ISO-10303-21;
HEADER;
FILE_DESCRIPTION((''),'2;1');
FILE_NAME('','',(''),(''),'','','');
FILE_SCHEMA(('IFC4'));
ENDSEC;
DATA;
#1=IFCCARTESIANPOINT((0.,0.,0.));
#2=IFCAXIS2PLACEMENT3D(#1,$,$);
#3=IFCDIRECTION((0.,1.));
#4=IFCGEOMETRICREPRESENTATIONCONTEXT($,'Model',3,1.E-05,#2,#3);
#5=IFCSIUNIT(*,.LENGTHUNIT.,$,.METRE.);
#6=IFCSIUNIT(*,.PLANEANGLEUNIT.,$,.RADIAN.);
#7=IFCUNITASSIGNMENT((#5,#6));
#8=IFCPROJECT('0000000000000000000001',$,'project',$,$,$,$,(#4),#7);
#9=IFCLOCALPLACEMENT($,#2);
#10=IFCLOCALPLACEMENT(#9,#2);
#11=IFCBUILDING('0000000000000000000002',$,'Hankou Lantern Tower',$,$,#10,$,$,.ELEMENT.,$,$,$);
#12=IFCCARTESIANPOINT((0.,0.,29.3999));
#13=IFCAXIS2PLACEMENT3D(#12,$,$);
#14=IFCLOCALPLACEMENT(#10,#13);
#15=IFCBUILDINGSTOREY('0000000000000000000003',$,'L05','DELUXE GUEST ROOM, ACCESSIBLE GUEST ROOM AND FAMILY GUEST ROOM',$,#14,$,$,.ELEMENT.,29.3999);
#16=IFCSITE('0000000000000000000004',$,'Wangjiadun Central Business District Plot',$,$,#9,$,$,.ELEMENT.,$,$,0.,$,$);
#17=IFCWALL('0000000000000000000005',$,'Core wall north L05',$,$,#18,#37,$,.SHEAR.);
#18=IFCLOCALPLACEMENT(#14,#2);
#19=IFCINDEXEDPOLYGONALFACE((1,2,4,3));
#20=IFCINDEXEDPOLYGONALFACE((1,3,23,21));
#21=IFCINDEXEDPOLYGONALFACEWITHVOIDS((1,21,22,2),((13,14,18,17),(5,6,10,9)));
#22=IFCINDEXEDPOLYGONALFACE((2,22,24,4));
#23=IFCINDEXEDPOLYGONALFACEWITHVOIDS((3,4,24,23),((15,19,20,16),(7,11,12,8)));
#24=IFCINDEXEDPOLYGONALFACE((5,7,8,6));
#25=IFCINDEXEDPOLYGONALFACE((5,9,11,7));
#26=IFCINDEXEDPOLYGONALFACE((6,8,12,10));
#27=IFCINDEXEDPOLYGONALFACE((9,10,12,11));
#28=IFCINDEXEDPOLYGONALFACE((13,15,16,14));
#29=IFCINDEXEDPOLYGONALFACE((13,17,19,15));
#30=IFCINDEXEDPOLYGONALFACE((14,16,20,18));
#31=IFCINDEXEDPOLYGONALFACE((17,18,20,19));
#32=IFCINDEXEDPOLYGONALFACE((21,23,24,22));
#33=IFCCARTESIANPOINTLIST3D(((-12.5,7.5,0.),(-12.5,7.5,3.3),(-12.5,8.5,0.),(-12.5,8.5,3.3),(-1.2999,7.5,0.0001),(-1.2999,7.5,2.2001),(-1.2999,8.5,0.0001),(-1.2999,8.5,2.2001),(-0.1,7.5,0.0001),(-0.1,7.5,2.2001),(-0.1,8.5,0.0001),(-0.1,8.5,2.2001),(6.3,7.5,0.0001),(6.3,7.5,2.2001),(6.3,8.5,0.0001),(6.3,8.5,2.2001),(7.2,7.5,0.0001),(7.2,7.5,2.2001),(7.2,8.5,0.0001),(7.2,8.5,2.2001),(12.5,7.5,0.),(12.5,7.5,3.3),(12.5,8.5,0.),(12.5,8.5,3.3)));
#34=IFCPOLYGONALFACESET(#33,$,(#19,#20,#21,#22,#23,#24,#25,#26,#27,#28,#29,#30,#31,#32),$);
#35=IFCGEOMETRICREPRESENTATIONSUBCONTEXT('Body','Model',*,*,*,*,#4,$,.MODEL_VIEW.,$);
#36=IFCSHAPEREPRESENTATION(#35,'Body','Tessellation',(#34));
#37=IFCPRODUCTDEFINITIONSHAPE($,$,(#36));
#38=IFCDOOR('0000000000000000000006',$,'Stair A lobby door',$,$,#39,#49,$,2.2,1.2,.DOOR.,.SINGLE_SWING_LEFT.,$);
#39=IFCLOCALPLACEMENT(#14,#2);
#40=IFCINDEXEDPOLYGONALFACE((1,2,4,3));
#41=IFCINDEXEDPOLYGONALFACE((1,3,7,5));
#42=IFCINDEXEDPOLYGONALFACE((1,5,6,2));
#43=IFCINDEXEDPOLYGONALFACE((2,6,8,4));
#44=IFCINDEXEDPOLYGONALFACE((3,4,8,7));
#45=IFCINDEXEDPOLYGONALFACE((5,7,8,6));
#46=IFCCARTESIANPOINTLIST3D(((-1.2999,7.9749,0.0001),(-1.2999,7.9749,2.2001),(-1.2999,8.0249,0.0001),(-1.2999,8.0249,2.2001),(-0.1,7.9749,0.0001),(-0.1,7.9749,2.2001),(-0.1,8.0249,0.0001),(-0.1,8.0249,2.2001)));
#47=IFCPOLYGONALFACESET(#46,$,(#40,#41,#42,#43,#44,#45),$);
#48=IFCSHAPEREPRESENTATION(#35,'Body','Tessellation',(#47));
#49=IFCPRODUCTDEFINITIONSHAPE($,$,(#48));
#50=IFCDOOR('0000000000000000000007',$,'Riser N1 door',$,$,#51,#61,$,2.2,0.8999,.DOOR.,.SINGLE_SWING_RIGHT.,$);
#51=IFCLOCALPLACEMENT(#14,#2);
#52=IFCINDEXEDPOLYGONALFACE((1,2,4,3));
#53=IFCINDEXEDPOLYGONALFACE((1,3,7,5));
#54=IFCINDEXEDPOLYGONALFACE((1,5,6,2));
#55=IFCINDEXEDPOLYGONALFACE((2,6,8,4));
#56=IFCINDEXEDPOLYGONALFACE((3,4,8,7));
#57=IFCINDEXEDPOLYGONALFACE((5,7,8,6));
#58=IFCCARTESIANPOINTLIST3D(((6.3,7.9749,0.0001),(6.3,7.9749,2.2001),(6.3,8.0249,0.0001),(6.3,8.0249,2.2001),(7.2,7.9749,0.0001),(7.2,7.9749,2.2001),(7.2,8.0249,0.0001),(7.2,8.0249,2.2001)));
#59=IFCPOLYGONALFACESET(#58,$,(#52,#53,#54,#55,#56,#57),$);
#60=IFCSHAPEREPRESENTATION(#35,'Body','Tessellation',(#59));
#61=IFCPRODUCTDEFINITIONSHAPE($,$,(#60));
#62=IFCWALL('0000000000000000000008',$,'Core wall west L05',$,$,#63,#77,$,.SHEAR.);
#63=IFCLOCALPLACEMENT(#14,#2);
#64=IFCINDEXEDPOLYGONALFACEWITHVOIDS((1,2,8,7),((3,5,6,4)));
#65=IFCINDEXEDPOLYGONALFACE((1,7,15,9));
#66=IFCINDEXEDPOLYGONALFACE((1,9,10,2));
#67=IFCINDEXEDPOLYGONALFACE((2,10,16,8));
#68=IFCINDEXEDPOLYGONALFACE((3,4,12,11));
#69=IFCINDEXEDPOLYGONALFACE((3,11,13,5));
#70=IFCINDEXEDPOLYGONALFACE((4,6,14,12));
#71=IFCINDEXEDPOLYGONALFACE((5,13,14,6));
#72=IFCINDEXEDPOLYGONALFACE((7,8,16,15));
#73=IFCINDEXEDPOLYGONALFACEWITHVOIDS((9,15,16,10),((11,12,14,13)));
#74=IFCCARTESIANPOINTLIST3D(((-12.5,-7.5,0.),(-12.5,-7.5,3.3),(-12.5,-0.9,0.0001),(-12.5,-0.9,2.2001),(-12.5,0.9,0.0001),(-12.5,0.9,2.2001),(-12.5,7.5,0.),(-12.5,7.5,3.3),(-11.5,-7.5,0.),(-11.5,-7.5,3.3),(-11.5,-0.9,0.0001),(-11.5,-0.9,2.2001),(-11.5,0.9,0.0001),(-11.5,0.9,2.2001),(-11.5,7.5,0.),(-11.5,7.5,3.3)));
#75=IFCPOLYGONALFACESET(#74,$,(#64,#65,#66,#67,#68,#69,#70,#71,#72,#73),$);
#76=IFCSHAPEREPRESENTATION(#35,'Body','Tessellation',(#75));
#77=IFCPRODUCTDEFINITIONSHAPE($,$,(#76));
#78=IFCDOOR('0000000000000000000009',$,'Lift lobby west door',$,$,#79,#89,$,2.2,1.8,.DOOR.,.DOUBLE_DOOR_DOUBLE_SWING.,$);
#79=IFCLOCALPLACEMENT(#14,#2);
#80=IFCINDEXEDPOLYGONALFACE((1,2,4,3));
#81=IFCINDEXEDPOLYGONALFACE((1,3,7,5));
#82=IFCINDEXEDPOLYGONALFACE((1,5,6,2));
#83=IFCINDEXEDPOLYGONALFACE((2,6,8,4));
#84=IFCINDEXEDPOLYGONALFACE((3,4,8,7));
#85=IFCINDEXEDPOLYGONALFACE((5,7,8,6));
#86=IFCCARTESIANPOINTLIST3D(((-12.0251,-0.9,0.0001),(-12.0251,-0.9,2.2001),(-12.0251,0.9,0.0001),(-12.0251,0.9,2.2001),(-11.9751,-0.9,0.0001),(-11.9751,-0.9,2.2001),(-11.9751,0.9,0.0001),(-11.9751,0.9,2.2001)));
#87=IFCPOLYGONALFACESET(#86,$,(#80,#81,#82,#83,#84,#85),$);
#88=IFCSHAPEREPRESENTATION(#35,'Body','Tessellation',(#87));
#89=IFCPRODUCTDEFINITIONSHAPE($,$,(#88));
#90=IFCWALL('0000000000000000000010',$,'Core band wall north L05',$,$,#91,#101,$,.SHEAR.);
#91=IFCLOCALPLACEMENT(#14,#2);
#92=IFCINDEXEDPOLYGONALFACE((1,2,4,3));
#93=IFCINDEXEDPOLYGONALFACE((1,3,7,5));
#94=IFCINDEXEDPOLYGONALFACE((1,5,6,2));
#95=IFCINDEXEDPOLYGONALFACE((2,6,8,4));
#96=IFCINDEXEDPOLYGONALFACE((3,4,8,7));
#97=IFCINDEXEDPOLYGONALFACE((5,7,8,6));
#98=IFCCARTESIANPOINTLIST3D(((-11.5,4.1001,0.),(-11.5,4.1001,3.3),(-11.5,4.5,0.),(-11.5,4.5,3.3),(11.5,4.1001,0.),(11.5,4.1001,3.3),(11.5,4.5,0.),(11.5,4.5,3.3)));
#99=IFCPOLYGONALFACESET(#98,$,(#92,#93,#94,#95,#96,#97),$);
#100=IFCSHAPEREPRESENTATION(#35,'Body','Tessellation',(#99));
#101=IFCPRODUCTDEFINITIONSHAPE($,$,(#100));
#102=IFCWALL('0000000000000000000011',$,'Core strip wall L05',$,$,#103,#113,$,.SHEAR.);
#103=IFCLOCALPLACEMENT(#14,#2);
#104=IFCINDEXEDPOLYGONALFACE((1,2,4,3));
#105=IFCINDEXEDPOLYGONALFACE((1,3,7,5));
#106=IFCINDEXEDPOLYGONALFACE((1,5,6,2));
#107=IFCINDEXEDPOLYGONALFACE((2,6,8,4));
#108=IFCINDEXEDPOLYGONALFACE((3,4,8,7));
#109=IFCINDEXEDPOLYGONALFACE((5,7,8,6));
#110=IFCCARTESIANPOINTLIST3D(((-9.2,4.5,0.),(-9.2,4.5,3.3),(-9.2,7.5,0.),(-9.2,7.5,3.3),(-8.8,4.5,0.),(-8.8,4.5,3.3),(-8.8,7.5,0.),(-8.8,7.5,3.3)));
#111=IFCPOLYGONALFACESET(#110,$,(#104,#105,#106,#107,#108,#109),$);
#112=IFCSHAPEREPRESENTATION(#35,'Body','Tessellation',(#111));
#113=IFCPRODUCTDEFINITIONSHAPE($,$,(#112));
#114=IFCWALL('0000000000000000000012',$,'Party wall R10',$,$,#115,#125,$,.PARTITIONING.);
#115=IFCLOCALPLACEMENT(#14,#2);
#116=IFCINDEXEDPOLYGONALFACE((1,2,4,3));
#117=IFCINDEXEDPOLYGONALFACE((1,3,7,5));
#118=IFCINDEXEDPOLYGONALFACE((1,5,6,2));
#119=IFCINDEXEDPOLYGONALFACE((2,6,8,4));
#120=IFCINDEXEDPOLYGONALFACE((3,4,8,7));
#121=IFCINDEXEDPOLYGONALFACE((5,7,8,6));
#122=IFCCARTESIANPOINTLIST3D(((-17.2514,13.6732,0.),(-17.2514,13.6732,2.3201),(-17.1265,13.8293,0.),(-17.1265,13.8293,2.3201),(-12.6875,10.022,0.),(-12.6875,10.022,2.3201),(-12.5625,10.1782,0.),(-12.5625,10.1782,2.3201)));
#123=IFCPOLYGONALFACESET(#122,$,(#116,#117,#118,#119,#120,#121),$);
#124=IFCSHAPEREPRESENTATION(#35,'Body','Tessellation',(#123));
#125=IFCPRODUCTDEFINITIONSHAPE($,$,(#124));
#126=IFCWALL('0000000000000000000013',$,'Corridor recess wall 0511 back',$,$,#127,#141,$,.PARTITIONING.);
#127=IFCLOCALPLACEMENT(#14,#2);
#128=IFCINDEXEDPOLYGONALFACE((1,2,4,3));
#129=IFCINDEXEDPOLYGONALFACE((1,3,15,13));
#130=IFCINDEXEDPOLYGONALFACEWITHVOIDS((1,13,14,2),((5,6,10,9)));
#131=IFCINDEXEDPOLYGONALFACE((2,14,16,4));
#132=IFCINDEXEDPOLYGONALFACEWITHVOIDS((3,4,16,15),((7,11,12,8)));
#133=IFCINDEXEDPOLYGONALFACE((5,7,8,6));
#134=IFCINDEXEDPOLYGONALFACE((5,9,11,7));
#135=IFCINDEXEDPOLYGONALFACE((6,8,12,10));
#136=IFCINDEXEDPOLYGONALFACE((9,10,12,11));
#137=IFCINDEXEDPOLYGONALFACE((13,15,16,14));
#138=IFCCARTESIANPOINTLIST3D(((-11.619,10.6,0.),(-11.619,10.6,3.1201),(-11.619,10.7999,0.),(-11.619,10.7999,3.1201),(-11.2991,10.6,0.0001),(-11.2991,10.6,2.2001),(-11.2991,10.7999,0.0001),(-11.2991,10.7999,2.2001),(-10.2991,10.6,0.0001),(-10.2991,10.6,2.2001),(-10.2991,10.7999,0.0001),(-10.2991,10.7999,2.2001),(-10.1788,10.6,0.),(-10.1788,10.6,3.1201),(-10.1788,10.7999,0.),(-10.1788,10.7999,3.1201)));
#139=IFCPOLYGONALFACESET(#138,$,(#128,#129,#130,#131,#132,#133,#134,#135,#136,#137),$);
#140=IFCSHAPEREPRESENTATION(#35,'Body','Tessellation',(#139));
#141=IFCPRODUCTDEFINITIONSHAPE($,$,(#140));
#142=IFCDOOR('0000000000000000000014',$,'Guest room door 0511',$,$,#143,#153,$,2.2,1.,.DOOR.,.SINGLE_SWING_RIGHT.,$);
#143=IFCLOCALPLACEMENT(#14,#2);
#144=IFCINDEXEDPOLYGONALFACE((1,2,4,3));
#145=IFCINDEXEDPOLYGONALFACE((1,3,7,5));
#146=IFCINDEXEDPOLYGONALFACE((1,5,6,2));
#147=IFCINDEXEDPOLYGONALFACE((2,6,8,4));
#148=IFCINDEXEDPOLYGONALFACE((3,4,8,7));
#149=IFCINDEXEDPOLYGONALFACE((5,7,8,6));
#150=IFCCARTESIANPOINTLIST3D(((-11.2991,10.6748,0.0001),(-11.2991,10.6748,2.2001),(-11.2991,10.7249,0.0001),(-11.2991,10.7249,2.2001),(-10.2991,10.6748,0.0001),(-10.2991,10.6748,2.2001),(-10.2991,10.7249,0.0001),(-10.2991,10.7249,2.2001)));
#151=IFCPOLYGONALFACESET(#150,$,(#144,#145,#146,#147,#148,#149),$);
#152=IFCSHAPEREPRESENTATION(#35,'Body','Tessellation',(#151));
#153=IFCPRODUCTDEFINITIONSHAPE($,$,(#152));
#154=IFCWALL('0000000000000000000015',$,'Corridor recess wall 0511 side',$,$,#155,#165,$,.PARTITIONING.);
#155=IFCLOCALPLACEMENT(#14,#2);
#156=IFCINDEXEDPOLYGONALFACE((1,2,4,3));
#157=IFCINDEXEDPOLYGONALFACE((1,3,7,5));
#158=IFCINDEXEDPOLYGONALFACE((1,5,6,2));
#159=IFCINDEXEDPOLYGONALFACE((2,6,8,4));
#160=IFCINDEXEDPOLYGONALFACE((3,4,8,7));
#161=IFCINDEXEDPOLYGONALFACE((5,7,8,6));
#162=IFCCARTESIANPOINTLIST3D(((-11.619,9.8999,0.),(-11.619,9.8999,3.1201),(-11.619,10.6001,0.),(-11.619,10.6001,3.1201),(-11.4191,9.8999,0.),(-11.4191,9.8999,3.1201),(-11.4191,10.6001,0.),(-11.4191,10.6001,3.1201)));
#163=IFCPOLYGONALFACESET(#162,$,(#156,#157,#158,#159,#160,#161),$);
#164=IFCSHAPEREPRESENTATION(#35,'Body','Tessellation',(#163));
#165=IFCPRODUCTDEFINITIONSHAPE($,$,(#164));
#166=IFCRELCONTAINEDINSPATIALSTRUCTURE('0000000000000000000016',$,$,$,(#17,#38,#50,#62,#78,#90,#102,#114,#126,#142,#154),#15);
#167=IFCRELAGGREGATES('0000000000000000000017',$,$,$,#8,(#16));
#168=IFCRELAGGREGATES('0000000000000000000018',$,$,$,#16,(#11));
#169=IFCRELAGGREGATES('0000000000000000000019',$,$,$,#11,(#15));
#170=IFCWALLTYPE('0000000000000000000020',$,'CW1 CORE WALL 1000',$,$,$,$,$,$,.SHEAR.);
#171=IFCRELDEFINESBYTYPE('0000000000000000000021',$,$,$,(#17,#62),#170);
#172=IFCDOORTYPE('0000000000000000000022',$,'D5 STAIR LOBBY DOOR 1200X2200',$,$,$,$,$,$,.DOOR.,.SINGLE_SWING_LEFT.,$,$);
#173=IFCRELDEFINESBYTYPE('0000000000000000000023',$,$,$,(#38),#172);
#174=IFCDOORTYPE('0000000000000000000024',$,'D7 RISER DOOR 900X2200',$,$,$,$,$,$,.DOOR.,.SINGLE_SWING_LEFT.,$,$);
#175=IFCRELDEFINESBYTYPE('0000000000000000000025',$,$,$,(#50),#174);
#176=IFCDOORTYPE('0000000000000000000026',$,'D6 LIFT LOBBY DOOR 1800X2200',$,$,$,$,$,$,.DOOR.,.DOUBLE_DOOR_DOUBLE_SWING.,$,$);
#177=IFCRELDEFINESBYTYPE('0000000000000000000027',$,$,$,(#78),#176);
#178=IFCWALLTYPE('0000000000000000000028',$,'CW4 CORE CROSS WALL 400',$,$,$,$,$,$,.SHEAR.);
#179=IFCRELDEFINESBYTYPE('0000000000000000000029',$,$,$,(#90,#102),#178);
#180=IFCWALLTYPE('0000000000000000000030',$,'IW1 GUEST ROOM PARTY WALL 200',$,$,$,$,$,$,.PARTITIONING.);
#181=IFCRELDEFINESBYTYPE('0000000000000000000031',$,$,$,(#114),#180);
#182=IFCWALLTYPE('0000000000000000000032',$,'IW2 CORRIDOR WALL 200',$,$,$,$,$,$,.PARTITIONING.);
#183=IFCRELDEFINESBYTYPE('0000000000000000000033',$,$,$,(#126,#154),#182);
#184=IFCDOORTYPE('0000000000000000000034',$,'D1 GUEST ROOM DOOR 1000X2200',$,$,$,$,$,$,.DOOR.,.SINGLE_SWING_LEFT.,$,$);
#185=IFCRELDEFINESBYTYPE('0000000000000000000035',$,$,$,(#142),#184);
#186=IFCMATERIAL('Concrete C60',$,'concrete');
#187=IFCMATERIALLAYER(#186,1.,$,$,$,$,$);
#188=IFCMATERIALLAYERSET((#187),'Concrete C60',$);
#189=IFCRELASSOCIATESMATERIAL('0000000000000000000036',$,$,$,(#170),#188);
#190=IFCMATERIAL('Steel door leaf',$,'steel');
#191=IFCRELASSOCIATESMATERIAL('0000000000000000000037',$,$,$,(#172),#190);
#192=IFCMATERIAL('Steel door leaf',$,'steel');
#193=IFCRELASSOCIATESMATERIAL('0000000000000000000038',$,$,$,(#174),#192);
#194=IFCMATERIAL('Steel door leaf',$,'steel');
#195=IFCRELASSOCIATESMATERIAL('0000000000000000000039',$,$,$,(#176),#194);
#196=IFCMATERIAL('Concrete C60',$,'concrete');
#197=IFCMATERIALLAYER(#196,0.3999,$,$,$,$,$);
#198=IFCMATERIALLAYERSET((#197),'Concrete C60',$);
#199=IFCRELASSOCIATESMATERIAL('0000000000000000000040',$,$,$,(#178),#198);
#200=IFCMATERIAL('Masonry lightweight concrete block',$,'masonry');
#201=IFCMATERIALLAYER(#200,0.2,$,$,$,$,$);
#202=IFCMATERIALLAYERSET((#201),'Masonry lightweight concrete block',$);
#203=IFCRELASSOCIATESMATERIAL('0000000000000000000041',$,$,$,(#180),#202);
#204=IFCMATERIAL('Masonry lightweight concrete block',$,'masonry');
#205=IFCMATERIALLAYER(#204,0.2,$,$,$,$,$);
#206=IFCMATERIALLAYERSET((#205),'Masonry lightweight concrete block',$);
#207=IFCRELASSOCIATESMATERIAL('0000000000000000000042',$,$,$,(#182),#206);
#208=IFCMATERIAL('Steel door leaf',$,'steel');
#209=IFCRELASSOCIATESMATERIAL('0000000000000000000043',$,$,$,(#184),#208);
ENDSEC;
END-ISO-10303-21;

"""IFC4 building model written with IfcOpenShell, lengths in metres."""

from ifc_helpers import new_model, si_unit, direction, frame, frame_2d, origin, place, context, subcontext, project, spatial, rectangle, extrude, material, layer, layer_set, type_object, element, fill, save


model = new_model("IFC4")

# Units and contexts
model_context = context("Model", 3, precision=1e-05, world=origin(), true_north=direction((0.0, 1.0)))
body_context = subcontext(model_context, "Body", "Model", "MODEL_VIEW")
ifc_project = project(units=[si_unit("LENGTHUNIT", "METRE"), si_unit("PLANEANGLEUNIT", "RADIAN")], contexts=[model_context])

# Site, building, storey
site_placement = place(None, origin())
site = spatial("IfcSite", under=ifc_project, at=site_placement, Name="Wangjiadun Central Business District Plot", CompositionType="ELEMENT", RefElevation=0.0)
building_placement = place(site_placement, origin())
building = spatial("IfcBuilding", under=site, at=building_placement, Name="Hankou Lantern Tower", CompositionType="ELEMENT")
storey_placement = place(building_placement, frame((0.0, 0.0, 29.3999)))
storey = spatial("IfcBuildingStorey", under=building, at=storey_placement, Name="L05", Description="DELUXE GUEST ROOM, ACCESSIBLE GUEST ROOM AND FAMILY GUEST ROOM", CompositionType="ELEMENT", Elevation=29.3999)

# Wall, openings, doors
ifc_material_1 = material(Name="Concrete C60", Category="concrete")
ifc_layer_1 = layer(ifc_material_1, 1.0)
ifc_layer_set_1 = layer_set([ifc_layer_1], Name="Concrete C60")
wall_type_1 = type_object("IfcWallType", Name="CW1 CORE WALL 1000", PredefinedType="SHEAR", material=ifc_layer_set_1)
wall_1_placement = place(storey_placement, frame((-12.5, 8.0, 0.0), z_axis=(0.0, 0.0, 1.0), x_axis=(1.0, 0.0, 0.0)))
wall_1 = element("IfcWall", 1, at=wall_1_placement, inside=storey, type_object=wall_type_1, Name="Core wall north L05", PredefinedType="SHEAR", context=body_context, shape_type="SweptSolid", body=[
    extrude(rectangle(XDim=25.0, YDim=1.0, at=frame_2d((12.5, 0.0))), origin(), (0.0, 0.0, 1.0), 3.3),
])
opening_1_placement = place(wall_1_placement, frame((11.2, 0.0, 0.0)))
opening_1 = element("IfcOpeningElement", 2, at=opening_1_placement, cuts=wall_1, PredefinedType="OPENING", context=body_context, shape_type="SweptSolid", body=[
    extrude(rectangle(XDim=1.2, YDim=2.2, at=frame_2d((0.6001, 1.1001))), frame((0.0, 0.51, 0.0), z_axis=(0.0, -1.0, 0.0), x_axis=(1.0, 0.0, 0.0)), (0.0, 0.0, 1.0), 1.02),
])
opening_2_placement = place(wall_1_placement, frame((18.8, 0.0, 0.0)))
opening_2 = element("IfcOpeningElement", 3, at=opening_2_placement, cuts=wall_1, PredefinedType="OPENING", context=body_context, shape_type="SweptSolid", body=[
    extrude(rectangle(XDim=0.8999, YDim=2.2, at=frame_2d((0.45, 1.1001))), frame((0.0, 0.51, 0.0), z_axis=(0.0, -1.0, 0.0), x_axis=(1.0, 0.0, 0.0)), (0.0, 0.0, 1.0), 1.02),
])
ifc_material_2 = material(Name="Steel door leaf", Category="steel")
door_type_1 = type_object("IfcDoorType", Name="D5 STAIR LOBBY DOOR 1200X2200", OperationType="SINGLE_SWING_LEFT", PredefinedType="DOOR", material=ifc_material_2)
door_1_placement = place(opening_1_placement, origin())
door_1 = element("IfcDoor", 4, at=door_1_placement, inside=storey, type_object=door_type_1, Name="Stair A lobby door", OperationType="SINGLE_SWING_LEFT", OverallHeight=2.2, OverallWidth=1.2, PredefinedType="DOOR", context=body_context, shape_type="SweptSolid", body=[
    extrude(rectangle(XDim=1.2, YDim=2.2, at=frame_2d((0.6001, 1.1001))), frame((0.0, 0.0249, 0.0), z_axis=(0.0, -1.0, 0.0), x_axis=(1.0, 0.0, 0.0)), (0.0, 0.0, 1.0), 0.05),
])
fill(opening_1, door_1)
ifc_material_3 = material(Name="Steel door leaf", Category="steel")
door_type_2 = type_object("IfcDoorType", Name="D7 RISER DOOR 900X2200", OperationType="SINGLE_SWING_LEFT", PredefinedType="DOOR", material=ifc_material_3)
door_2_placement = place(opening_2_placement, origin())
door_2 = element("IfcDoor", 5, at=door_2_placement, inside=storey, type_object=door_type_2, Name="Riser N1 door", OperationType="SINGLE_SWING_RIGHT", OverallHeight=2.2, OverallWidth=0.8999, PredefinedType="DOOR", context=body_context, shape_type="SweptSolid", body=[
    extrude(rectangle(XDim=0.8999, YDim=2.2, at=frame_2d((0.45, 1.1001))), frame((0.0, 0.0249, 0.0), z_axis=(0.0, -1.0, 0.0), x_axis=(1.0, 0.0, 0.0)), (0.0, 0.0, 1.0), 0.05),
])
fill(opening_2, door_2)

# Wall, opening, door
wall_2_placement = place(storey_placement, frame((-12.0, 7.5, 0.0), z_axis=(0.0, 0.0, 1.0), x_axis=(0.0, -1.0, 0.0)))
wall_2 = element("IfcWall", 6, at=wall_2_placement, inside=storey, type_object=wall_type_1, Name="Core wall west L05", PredefinedType="SHEAR", context=body_context, shape_type="SweptSolid", body=[
    extrude(rectangle(XDim=15.0, YDim=1.0, at=frame_2d((7.5, 0.0))), origin(), (0.0, 0.0, 1.0), 3.3),
])
opening_3_placement = place(wall_2_placement, frame((6.6001, 0.0, 0.0)))
opening_3 = element("IfcOpeningElement", 7, at=opening_3_placement, cuts=wall_2, PredefinedType="OPENING", context=body_context, shape_type="SweptSolid", body=[
    extrude(rectangle(XDim=1.8, YDim=2.2, at=frame_2d((0.8999, 1.1001))), frame((0.0, 0.51, 0.0), z_axis=(0.0, -1.0, 0.0), x_axis=(1.0, 0.0, 0.0)), (0.0, 0.0, 1.0), 1.02),
])
ifc_material_4 = material(Name="Steel door leaf", Category="steel")
door_type_3 = type_object("IfcDoorType", Name="D6 LIFT LOBBY DOOR 1800X2200", OperationType="DOUBLE_DOOR_DOUBLE_SWING", PredefinedType="DOOR", material=ifc_material_4)
door_3_placement = place(opening_3_placement, origin())
door_3 = element("IfcDoor", 8, at=door_3_placement, inside=storey, type_object=door_type_3, Name="Lift lobby west door", OperationType="DOUBLE_DOOR_DOUBLE_SWING", OverallHeight=2.2, OverallWidth=1.8, PredefinedType="DOOR", context=body_context, shape_type="SweptSolid", body=[
    extrude(rectangle(XDim=1.8, YDim=2.2, at=frame_2d((0.8999, 1.1001))), frame((0.0, 0.0249, 0.0), z_axis=(0.0, -1.0, 0.0), x_axis=(1.0, 0.0, 0.0)), (0.0, 0.0, 1.0), 0.05),
])
fill(opening_3, door_3)

# Walls
ifc_material_5 = material(Name="Concrete C60", Category="concrete")
ifc_layer_2 = layer(ifc_material_5, 0.3999)
ifc_layer_set_2 = layer_set([ifc_layer_2], Name="Concrete C60")
wall_type_2 = type_object("IfcWallType", Name="CW4 CORE CROSS WALL 400", PredefinedType="SHEAR", material=ifc_layer_set_2)
wall_3_placement = place(storey_placement, frame((-11.5, 4.3, 0.0), z_axis=(0.0, 0.0, 1.0), x_axis=(1.0, 0.0, 0.0)))
element("IfcWall", 9, at=wall_3_placement, inside=storey, type_object=wall_type_2, Name="Core band wall north L05", PredefinedType="SHEAR", context=body_context, shape_type="SweptSolid", body=[
    extrude(rectangle(XDim=23.0, YDim=0.3999, at=frame_2d((11.5, 0.0))), origin(), (0.0, 0.0, 1.0), 3.3),
])
wall_4_placement = place(storey_placement, frame((-9.0, 4.5, 0.0), z_axis=(0.0, 0.0, 1.0), x_axis=(0.0, 1.0, 0.0)))
element("IfcWall", 10, at=wall_4_placement, inside=storey, type_object=wall_type_2, Name="Core strip wall L05", PredefinedType="SHEAR", context=body_context, shape_type="SweptSolid", body=[
    extrude(rectangle(XDim=3.0, YDim=0.3999, at=frame_2d((1.5, 0.0))), origin(), (0.0, 0.0, 1.0), 3.3),
])
ifc_material_6 = material(Name="Masonry lightweight concrete block", Category="masonry")
ifc_layer_3 = layer(ifc_material_6, 0.2)
ifc_layer_set_3 = layer_set([ifc_layer_3], Name="Masonry lightweight concrete block")
wall_type_3 = type_object("IfcWallType", Name="IW1 GUEST ROOM PARTY WALL 200", PredefinedType="PARTITIONING", material=ifc_layer_set_3)
wall_5_placement = place(storey_placement, frame((-12.625, 10.1001, 0.0), z_axis=(0.0, 0.0, 1.0), x_axis=(-0.780873, 0.62469, 0.0)))
element("IfcWall", 11, at=wall_5_placement, inside=storey, type_object=wall_type_3, Name="Party wall R10", PredefinedType="PARTITIONING", context=body_context, shape_type="SweptSolid", body=[
    extrude(rectangle(XDim=5.8447, YDim=0.2, at=frame_2d((2.9224, 0.0))), origin(), (0.0, 0.0, 1.0), 2.3201),
])

# Wall, opening, door
ifc_material_7 = material(Name="Masonry lightweight concrete block", Category="masonry")
ifc_layer_4 = layer(ifc_material_7, 0.2)
ifc_layer_set_4 = layer_set([ifc_layer_4], Name="Masonry lightweight concrete block")
wall_type_4 = type_object("IfcWallType", Name="IW2 CORRIDOR WALL 200", PredefinedType="PARTITIONING", material=ifc_layer_set_4)
wall_6_placement = place(storey_placement, frame((-11.6191, 10.7, 0.0), z_axis=(0.0, 0.0, 1.0), x_axis=(1.0, 0.0, 0.0)))
wall_6 = element("IfcWall", 12, at=wall_6_placement, inside=storey, type_object=wall_type_4, Name="Corridor recess wall 0511 back", PredefinedType="PARTITIONING", context=body_context, shape_type="SweptSolid", body=[
    extrude(rectangle(XDim=1.4402, YDim=0.2, at=frame_2d((0.7202, 0.0))), origin(), (0.0, 0.0, 1.0), 3.1201),
])
opening_4_placement = place(wall_6_placement, frame((0.3201, 0.0, 0.0)))
opening_4 = element("IfcOpeningElement", 13, at=opening_4_placement, cuts=wall_6, PredefinedType="OPENING", context=body_context, shape_type="SweptSolid", body=[
    extrude(rectangle(XDim=1.0, YDim=2.2, at=frame_2d((0.5, 1.1001))), frame((0.0, 0.1099, 0.0), z_axis=(0.0, -1.0, 0.0), x_axis=(1.0, 0.0, 0.0)), (0.0, 0.0, 1.0), 0.22),
])
ifc_material_8 = material(Name="Steel door leaf", Category="steel")
door_type_4 = type_object("IfcDoorType", Name="D1 GUEST ROOM DOOR 1000X2200", OperationType="SINGLE_SWING_LEFT", PredefinedType="DOOR", material=ifc_material_8)
door_4_placement = place(opening_4_placement, origin())
door_4 = element("IfcDoor", 14, at=door_4_placement, inside=storey, type_object=door_type_4, Name="Guest room door 0511", OperationType="SINGLE_SWING_RIGHT", OverallHeight=2.2, OverallWidth=1.0, PredefinedType="DOOR", context=body_context, shape_type="SweptSolid", body=[
    extrude(rectangle(XDim=1.0, YDim=2.2, at=frame_2d((0.5, 1.1001))), frame((0.0, 0.0249, 0.0), z_axis=(0.0, -1.0, 0.0), x_axis=(1.0, 0.0, 0.0)), (0.0, 0.0, 1.0), 0.05),
])
fill(opening_4, door_4)

# Wall
wall_7_placement = place(storey_placement, frame((-11.519, 9.8999, 0.0), z_axis=(0.0, 0.0, 1.0), x_axis=(0.0, 1.0, 0.0)))
element("IfcWall", 15, at=wall_7_placement, inside=storey, type_object=wall_type_4, Name="Corridor recess wall 0511 side", PredefinedType="PARTITIONING", context=body_context, shape_type="SweptSolid", body=[
    extrude(rectangle(XDim=0.7002, YDim=0.2, at=frame_2d((0.3501, 0.0))), origin(), (0.0, 0.0, 1.0), 3.1201),
])

save(model, "model.ifc")
